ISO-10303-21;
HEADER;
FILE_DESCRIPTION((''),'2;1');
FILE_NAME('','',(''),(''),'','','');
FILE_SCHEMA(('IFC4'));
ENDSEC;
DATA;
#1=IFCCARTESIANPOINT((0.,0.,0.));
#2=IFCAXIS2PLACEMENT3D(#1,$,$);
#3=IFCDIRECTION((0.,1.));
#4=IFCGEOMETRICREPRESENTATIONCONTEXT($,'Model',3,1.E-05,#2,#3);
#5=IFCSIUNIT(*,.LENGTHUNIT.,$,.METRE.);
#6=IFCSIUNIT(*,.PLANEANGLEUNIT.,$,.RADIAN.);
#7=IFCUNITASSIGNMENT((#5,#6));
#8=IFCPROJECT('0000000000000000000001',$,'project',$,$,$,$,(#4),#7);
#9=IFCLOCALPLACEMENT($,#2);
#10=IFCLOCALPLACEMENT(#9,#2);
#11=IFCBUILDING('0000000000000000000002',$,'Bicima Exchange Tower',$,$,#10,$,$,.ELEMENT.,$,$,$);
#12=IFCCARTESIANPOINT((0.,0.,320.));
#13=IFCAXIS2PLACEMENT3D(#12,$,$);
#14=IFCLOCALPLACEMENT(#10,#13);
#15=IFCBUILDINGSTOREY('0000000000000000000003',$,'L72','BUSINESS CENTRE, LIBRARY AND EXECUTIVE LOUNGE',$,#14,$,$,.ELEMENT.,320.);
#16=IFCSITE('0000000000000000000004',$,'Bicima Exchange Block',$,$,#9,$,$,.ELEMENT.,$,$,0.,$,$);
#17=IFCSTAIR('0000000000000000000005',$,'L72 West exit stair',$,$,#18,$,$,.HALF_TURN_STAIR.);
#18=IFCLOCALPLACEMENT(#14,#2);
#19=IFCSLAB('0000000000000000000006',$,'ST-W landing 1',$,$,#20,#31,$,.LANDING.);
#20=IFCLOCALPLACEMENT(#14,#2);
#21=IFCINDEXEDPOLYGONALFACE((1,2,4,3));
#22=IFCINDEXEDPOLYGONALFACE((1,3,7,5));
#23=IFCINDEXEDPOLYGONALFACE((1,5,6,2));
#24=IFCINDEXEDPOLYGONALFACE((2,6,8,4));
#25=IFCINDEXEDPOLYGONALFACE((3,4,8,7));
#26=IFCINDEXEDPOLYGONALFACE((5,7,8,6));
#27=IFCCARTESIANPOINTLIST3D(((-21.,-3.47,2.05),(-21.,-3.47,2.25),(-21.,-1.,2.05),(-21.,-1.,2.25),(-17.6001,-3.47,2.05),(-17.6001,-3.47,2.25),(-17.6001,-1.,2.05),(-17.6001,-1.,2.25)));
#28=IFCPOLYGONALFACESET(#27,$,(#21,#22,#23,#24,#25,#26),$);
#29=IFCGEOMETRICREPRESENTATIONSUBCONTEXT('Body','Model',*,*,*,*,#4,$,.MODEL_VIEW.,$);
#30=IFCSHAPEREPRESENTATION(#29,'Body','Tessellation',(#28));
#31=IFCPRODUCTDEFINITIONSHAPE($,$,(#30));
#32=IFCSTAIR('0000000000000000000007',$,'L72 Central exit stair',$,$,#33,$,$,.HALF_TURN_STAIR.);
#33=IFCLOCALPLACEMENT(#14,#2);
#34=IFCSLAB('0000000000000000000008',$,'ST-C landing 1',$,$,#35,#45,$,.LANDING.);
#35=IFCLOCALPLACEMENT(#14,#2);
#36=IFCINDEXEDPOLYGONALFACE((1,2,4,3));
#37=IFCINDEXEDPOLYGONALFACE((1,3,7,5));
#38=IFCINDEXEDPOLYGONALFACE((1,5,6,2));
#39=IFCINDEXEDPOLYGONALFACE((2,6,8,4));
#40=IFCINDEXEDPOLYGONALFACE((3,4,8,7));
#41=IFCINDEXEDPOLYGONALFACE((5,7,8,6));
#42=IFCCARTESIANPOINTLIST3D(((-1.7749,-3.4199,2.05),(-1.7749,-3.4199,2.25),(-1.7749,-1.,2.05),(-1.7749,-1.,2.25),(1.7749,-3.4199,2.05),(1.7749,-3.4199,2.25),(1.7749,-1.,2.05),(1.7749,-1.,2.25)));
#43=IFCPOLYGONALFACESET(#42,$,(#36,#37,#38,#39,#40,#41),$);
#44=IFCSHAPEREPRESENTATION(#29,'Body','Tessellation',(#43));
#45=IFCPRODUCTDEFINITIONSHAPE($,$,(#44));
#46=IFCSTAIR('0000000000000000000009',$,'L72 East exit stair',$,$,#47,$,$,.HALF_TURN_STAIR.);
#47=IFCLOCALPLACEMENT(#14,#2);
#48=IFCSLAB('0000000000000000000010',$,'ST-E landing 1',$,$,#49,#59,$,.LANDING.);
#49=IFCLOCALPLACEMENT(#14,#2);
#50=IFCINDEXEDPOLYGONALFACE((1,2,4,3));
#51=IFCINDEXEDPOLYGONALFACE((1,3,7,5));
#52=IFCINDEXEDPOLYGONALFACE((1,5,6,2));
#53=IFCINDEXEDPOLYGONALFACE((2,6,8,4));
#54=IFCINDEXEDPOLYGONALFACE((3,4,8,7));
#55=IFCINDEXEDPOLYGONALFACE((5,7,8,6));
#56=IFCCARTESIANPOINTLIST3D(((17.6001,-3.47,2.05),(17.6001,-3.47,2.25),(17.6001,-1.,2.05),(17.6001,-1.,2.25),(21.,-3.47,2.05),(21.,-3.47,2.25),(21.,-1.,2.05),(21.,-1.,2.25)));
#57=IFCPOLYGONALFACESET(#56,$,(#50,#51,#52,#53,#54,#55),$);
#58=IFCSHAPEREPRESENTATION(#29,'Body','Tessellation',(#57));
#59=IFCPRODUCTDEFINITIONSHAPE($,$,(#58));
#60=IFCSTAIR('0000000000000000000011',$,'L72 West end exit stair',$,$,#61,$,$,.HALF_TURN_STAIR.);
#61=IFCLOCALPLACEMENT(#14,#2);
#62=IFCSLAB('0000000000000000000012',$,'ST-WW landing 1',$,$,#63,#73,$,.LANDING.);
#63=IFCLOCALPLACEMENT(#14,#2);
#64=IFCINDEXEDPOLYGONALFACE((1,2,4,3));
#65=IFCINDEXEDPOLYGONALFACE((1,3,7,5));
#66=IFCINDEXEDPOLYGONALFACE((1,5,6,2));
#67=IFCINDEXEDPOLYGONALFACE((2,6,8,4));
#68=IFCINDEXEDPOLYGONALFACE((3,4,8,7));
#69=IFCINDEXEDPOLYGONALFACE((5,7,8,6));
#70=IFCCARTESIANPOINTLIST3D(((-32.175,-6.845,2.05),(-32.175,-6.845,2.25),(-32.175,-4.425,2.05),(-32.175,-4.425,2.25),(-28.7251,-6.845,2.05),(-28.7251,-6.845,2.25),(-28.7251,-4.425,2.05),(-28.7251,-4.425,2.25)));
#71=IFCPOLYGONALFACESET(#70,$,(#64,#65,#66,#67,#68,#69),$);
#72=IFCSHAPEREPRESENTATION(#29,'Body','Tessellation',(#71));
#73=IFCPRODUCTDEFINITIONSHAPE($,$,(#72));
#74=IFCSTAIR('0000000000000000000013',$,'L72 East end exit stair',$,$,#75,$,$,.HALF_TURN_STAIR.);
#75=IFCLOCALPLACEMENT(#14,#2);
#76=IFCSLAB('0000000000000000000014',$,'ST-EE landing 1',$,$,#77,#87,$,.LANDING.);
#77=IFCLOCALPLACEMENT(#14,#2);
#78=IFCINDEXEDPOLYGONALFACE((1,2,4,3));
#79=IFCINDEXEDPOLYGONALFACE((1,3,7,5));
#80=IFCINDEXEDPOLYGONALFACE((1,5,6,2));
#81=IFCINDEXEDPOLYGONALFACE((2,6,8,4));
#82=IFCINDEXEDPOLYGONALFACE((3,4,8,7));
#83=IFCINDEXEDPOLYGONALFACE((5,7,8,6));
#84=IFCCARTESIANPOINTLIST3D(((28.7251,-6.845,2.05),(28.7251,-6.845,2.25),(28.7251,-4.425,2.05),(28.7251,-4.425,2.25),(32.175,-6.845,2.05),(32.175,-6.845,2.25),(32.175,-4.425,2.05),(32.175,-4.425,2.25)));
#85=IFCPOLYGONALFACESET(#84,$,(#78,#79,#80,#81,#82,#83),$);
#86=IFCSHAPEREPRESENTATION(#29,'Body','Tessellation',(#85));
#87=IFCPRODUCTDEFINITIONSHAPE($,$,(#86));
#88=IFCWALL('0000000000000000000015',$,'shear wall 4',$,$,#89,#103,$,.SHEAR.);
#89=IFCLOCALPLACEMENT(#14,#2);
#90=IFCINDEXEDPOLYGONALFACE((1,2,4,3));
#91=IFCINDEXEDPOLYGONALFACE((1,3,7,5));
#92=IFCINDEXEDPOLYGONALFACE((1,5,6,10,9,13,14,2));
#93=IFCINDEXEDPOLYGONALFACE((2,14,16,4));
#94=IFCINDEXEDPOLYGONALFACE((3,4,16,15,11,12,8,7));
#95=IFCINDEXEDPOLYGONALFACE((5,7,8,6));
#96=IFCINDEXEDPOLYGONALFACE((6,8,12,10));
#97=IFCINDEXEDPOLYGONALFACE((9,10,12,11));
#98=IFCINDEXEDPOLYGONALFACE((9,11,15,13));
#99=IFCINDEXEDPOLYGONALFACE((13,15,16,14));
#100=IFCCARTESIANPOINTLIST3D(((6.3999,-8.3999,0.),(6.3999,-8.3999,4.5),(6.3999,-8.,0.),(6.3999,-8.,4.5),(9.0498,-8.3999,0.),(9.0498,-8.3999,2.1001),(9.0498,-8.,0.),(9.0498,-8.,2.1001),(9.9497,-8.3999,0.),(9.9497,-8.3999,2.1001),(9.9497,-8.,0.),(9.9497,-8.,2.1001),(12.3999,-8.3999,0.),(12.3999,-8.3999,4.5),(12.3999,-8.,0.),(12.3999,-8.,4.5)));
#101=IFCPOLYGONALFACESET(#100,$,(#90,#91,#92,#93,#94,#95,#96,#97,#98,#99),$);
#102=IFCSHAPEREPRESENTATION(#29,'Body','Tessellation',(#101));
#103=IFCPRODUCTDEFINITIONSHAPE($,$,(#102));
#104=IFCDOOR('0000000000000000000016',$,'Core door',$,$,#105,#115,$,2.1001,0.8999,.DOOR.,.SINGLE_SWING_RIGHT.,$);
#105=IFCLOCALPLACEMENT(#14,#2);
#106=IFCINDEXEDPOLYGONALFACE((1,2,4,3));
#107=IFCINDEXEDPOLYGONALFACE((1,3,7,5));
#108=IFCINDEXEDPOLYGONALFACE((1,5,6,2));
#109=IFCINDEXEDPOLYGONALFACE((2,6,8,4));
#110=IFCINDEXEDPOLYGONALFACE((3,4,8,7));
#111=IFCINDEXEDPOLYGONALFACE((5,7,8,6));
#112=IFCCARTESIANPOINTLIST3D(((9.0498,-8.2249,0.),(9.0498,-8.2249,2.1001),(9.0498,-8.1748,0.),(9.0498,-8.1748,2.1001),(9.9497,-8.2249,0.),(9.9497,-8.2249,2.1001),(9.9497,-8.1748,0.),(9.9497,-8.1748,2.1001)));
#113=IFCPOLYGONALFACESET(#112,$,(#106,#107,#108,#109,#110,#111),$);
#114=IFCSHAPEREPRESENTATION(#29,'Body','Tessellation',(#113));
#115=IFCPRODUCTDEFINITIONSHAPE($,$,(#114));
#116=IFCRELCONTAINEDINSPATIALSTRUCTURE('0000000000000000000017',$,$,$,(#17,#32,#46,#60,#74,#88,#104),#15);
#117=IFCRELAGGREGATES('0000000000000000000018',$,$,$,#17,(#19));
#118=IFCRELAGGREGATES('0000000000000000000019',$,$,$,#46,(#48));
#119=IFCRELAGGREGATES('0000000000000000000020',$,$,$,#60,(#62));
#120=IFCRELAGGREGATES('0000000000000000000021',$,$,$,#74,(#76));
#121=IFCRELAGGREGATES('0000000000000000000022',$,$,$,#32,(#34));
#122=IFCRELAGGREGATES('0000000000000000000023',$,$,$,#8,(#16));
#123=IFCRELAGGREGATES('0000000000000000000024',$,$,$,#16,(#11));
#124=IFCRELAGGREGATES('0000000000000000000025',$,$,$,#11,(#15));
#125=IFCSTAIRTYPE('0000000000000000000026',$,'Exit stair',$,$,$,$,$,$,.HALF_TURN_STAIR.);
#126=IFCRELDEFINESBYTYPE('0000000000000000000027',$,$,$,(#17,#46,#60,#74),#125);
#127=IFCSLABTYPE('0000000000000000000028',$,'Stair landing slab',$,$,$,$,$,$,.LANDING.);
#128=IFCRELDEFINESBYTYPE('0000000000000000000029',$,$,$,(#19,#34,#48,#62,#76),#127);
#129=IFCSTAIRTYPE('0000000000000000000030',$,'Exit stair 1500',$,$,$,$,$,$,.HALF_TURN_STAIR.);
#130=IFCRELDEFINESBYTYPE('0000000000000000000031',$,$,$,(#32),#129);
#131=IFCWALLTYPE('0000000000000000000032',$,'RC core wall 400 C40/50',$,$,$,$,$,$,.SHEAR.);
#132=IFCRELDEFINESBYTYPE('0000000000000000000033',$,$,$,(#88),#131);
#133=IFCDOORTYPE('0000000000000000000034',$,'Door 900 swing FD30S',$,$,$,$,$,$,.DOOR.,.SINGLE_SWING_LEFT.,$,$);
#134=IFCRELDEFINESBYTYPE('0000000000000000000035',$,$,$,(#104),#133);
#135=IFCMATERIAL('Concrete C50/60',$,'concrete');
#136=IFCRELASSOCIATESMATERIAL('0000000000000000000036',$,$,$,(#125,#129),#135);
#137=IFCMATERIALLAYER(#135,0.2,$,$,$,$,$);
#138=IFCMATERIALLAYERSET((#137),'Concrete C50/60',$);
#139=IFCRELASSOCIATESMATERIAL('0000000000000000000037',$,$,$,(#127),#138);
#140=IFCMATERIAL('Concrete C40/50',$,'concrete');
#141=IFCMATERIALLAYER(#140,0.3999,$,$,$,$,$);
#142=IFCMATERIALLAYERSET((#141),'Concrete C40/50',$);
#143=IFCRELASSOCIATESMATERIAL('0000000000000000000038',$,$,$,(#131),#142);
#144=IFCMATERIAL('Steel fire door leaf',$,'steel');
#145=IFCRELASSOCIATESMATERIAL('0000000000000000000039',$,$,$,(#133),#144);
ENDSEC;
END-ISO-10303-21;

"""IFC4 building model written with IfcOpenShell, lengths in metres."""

from ifc_helpers import new_model, si_unit, direction, frame, frame_2d, origin, place, context, subcontext, project, spatial, polyline, rectangle, outline, extrude, material, layer, layer_set, type_object, element, fill, aggregate, save


model = new_model("IFC4")

# Units and contexts
model_context = context("Model", 3, precision=1e-05, world=origin(), true_north=direction((0.0, 1.0)))
body_context = subcontext(model_context, "Body", "Model", "MODEL_VIEW")
ifc_project = project(units=[si_unit("LENGTHUNIT", "METRE"), si_unit("PLANEANGLEUNIT", "RADIAN")], contexts=[model_context])

# Site, building, storey
site_placement = place(None, origin())
site = spatial("IfcSite", under=ifc_project, at=site_placement, Name="Bicima Exchange Block", CompositionType="ELEMENT", RefElevation=0.0)
building_placement = place(site_placement, origin())
building = spatial("IfcBuilding", under=site, at=building_placement, Name="Bicima Exchange Tower", CompositionType="ELEMENT")
storey_placement = place(building_placement, frame((0.0, 0.0, 320.0)))
storey = spatial("IfcBuildingStorey", under=building, at=storey_placement, Name="L72", Description="BUSINESS CENTRE, LIBRARY AND EXECUTIVE LOUNGE", CompositionType="ELEMENT", Elevation=320.0)

# Stairs, slabs
ifc_material_1 = material(Name="Concrete C50/60", Category="concrete")
stair_type_1 = type_object("IfcStairType", Name="Exit stair", PredefinedType="HALF_TURN_STAIR", material=ifc_material_1)
stair_1_placement = place(storey_placement, origin())
stair_1 = element("IfcStair", 1, at=stair_1_placement, inside=storey, type_object=stair_type_1, Name="L72 West exit stair", PredefinedType="HALF_TURN_STAIR")
ifc_layer_1 = layer(ifc_material_1, 0.2)
ifc_layer_set_1 = layer_set([ifc_layer_1], Name="Concrete C50/60")
slab_type = type_object("IfcSlabType", Name="Stair landing slab", PredefinedType="LANDING", material=ifc_layer_set_1)
slab_1_placement = place(storey_placement, frame((0.0, 0.0, 2.05)))
slab_1 = element("IfcSlab", 2, at=slab_1_placement, type_object=slab_type, Name="ST-W landing 1", PredefinedType="LANDING", context=body_context, shape_type="SweptSolid", body=[
    extrude(outline(polyline([(-17.6001, -3.47), (-17.6001, -1.0), (-21.0, -1.0), (-21.0, -3.47), (-17.6001, -3.47)])), origin(), (0.0, 0.0, 1.0), 0.2),
])
aggregate(stair_1, [slab_1])
stair_type_2 = type_object("IfcStairType", Name="Exit stair 1500", PredefinedType="HALF_TURN_STAIR", material=ifc_material_1)
stair_2_placement = place(storey_placement, origin())
stair_2 = element("IfcStair", 3, at=stair_2_placement, inside=storey, type_object=stair_type_2, Name="L72 Central exit stair", PredefinedType="HALF_TURN_STAIR")
slab_2_placement = place(storey_placement, frame((0.0, 0.0, 2.05)))
slab_2 = element("IfcSlab", 4, at=slab_2_placement, type_object=slab_type, Name="ST-C landing 1", PredefinedType="LANDING", context=body_context, shape_type="SweptSolid", body=[
    extrude(outline(polyline([(1.7749, -3.4199), (1.7749, -1.0), (-1.7749, -1.0), (-1.7749, -3.4199), (1.7749, -3.4199)])), origin(), (0.0, 0.0, 1.0), 0.2),
])
stair_3_placement = place(storey_placement, origin())
stair_3 = element("IfcStair", 5, at=stair_3_placement, inside=storey, type_object=stair_type_1, Name="L72 East exit stair", PredefinedType="HALF_TURN_STAIR")
slab_3_placement = place(storey_placement, frame((0.0, 0.0, 2.05)))
slab_3 = element("IfcSlab", 6, at=slab_3_placement, type_object=slab_type, Name="ST-E landing 1", PredefinedType="LANDING", context=body_context, shape_type="SweptSolid", body=[
    extrude(outline(polyline([(21.0, -3.47), (21.0, -1.0), (17.6001, -1.0), (17.6001, -3.47), (21.0, -3.47)])), origin(), (0.0, 0.0, 1.0), 0.2),
])
aggregate(stair_3, [slab_3])
stair_4_placement = place(storey_placement, origin())
stair_4 = element("IfcStair", 7, at=stair_4_placement, inside=storey, type_object=stair_type_1, Name="L72 West end exit stair", PredefinedType="HALF_TURN_STAIR")
slab_4_placement = place(storey_placement, frame((0.0, 0.0, 2.05)))
slab_4 = element("IfcSlab", 8, at=slab_4_placement, type_object=slab_type, Name="ST-WW landing 1", PredefinedType="LANDING", context=body_context, shape_type="SweptSolid", body=[
    extrude(outline(polyline([(-28.7251, -6.845), (-28.7251, -4.425), (-32.175, -4.425), (-32.175, -6.845), (-28.7251, -6.845)])), origin(), (0.0, 0.0, 1.0), 0.2),
])
aggregate(stair_4, [slab_4])
stair_5_placement = place(storey_placement, origin())
stair_5 = element("IfcStair", 9, at=stair_5_placement, inside=storey, type_object=stair_type_1, Name="L72 East end exit stair", PredefinedType="HALF_TURN_STAIR")
slab_5_placement = place(storey_placement, frame((0.0, 0.0, 2.05)))
slab_5 = element("IfcSlab", 10, at=slab_5_placement, type_object=slab_type, Name="ST-EE landing 1", PredefinedType="LANDING", context=body_context, shape_type="SweptSolid", body=[
    extrude(outline(polyline([(32.175, -6.845), (32.175, -4.425), (28.7251, -4.425), (28.7251, -6.845), (32.175, -6.845)])), origin(), (0.0, 0.0, 1.0), 0.2),
])
aggregate(stair_5, [slab_5])

# Wall, opening, door
ifc_material_2 = material(Name="Concrete C40/50", Category="concrete")
ifc_layer_2 = layer(ifc_material_2, 0.3999)
ifc_layer_set_2 = layer_set([ifc_layer_2], Name="Concrete C40/50")
wall_type_1 = type_object("IfcWallType", Name="RC core wall 400 C40/50", PredefinedType="SHEAR", material=ifc_layer_set_2)
wall_1_placement = place(storey_placement, frame((6.3999, -8.2, 0.0), z_axis=(0.0, 0.0, 1.0), x_axis=(1.0, 0.0, 0.0)))
wall_1 = element("IfcWall", 11, at=wall_1_placement, inside=storey, type_object=wall_type_1, Name="shear wall 4", PredefinedType="SHEAR", context=body_context, shape_type="SweptSolid", body=[
    extrude(rectangle(XDim=6.0, YDim=0.3999, at=frame_2d((3.0, 0.0))), origin(), (0.0, 0.0, 1.0), 4.5),
])
opening_1_placement = place(wall_1_placement, frame((2.6499, 0.0, 0.0)))
opening_1 = element("IfcOpeningElement", 12, at=opening_1_placement, cuts=wall_1, PredefinedType="OPENING", context=body_context, shape_type="SweptSolid", body=[
    extrude(rectangle(XDim=0.8999, YDim=2.1001, at=frame_2d((0.45, 1.05))), frame((0.0, 0.2119, 0.0), z_axis=(0.0, -1.0, 0.0), x_axis=(1.0, 0.0, 0.0)), (0.0, 0.0, 1.0), 0.4238),
])
ifc_material_3 = material(Name="Steel fire door leaf", Category="steel")
door_type_1 = type_object("IfcDoorType", Name="Door 900 swing FD30S", OperationType="SINGLE_SWING_LEFT", PredefinedType="DOOR", material=ifc_material_3)
door_1_placement = place(opening_1_placement, frame((0.8999, 0.0, 0.0), z_axis=(0.0, 0.0, 1.0), x_axis=(-1.0, 0.0, 0.0)))
door_1 = element("IfcDoor", 13, at=door_1_placement, inside=storey, type_object=door_type_1, Name="Core door", OperationType="SINGLE_SWING_RIGHT", OverallHeight=2.1001, OverallWidth=0.8999, PredefinedType="DOOR", context=body_context, shape_type="SweptSolid", body=[
    extrude(rectangle(XDim=0.8999, YDim=2.1001, at=frame_2d((0.45, 1.05))), frame((0.0, 0.0249, 0.0), z_axis=(0.0, -1.0, 0.0), x_axis=(1.0, 0.0, 0.0)), (0.0, 0.0, 1.0), 0.05),
])
fill(opening_1, door_1)

aggregate(stair_2, [slab_2])

save(model, "model.ifc")
